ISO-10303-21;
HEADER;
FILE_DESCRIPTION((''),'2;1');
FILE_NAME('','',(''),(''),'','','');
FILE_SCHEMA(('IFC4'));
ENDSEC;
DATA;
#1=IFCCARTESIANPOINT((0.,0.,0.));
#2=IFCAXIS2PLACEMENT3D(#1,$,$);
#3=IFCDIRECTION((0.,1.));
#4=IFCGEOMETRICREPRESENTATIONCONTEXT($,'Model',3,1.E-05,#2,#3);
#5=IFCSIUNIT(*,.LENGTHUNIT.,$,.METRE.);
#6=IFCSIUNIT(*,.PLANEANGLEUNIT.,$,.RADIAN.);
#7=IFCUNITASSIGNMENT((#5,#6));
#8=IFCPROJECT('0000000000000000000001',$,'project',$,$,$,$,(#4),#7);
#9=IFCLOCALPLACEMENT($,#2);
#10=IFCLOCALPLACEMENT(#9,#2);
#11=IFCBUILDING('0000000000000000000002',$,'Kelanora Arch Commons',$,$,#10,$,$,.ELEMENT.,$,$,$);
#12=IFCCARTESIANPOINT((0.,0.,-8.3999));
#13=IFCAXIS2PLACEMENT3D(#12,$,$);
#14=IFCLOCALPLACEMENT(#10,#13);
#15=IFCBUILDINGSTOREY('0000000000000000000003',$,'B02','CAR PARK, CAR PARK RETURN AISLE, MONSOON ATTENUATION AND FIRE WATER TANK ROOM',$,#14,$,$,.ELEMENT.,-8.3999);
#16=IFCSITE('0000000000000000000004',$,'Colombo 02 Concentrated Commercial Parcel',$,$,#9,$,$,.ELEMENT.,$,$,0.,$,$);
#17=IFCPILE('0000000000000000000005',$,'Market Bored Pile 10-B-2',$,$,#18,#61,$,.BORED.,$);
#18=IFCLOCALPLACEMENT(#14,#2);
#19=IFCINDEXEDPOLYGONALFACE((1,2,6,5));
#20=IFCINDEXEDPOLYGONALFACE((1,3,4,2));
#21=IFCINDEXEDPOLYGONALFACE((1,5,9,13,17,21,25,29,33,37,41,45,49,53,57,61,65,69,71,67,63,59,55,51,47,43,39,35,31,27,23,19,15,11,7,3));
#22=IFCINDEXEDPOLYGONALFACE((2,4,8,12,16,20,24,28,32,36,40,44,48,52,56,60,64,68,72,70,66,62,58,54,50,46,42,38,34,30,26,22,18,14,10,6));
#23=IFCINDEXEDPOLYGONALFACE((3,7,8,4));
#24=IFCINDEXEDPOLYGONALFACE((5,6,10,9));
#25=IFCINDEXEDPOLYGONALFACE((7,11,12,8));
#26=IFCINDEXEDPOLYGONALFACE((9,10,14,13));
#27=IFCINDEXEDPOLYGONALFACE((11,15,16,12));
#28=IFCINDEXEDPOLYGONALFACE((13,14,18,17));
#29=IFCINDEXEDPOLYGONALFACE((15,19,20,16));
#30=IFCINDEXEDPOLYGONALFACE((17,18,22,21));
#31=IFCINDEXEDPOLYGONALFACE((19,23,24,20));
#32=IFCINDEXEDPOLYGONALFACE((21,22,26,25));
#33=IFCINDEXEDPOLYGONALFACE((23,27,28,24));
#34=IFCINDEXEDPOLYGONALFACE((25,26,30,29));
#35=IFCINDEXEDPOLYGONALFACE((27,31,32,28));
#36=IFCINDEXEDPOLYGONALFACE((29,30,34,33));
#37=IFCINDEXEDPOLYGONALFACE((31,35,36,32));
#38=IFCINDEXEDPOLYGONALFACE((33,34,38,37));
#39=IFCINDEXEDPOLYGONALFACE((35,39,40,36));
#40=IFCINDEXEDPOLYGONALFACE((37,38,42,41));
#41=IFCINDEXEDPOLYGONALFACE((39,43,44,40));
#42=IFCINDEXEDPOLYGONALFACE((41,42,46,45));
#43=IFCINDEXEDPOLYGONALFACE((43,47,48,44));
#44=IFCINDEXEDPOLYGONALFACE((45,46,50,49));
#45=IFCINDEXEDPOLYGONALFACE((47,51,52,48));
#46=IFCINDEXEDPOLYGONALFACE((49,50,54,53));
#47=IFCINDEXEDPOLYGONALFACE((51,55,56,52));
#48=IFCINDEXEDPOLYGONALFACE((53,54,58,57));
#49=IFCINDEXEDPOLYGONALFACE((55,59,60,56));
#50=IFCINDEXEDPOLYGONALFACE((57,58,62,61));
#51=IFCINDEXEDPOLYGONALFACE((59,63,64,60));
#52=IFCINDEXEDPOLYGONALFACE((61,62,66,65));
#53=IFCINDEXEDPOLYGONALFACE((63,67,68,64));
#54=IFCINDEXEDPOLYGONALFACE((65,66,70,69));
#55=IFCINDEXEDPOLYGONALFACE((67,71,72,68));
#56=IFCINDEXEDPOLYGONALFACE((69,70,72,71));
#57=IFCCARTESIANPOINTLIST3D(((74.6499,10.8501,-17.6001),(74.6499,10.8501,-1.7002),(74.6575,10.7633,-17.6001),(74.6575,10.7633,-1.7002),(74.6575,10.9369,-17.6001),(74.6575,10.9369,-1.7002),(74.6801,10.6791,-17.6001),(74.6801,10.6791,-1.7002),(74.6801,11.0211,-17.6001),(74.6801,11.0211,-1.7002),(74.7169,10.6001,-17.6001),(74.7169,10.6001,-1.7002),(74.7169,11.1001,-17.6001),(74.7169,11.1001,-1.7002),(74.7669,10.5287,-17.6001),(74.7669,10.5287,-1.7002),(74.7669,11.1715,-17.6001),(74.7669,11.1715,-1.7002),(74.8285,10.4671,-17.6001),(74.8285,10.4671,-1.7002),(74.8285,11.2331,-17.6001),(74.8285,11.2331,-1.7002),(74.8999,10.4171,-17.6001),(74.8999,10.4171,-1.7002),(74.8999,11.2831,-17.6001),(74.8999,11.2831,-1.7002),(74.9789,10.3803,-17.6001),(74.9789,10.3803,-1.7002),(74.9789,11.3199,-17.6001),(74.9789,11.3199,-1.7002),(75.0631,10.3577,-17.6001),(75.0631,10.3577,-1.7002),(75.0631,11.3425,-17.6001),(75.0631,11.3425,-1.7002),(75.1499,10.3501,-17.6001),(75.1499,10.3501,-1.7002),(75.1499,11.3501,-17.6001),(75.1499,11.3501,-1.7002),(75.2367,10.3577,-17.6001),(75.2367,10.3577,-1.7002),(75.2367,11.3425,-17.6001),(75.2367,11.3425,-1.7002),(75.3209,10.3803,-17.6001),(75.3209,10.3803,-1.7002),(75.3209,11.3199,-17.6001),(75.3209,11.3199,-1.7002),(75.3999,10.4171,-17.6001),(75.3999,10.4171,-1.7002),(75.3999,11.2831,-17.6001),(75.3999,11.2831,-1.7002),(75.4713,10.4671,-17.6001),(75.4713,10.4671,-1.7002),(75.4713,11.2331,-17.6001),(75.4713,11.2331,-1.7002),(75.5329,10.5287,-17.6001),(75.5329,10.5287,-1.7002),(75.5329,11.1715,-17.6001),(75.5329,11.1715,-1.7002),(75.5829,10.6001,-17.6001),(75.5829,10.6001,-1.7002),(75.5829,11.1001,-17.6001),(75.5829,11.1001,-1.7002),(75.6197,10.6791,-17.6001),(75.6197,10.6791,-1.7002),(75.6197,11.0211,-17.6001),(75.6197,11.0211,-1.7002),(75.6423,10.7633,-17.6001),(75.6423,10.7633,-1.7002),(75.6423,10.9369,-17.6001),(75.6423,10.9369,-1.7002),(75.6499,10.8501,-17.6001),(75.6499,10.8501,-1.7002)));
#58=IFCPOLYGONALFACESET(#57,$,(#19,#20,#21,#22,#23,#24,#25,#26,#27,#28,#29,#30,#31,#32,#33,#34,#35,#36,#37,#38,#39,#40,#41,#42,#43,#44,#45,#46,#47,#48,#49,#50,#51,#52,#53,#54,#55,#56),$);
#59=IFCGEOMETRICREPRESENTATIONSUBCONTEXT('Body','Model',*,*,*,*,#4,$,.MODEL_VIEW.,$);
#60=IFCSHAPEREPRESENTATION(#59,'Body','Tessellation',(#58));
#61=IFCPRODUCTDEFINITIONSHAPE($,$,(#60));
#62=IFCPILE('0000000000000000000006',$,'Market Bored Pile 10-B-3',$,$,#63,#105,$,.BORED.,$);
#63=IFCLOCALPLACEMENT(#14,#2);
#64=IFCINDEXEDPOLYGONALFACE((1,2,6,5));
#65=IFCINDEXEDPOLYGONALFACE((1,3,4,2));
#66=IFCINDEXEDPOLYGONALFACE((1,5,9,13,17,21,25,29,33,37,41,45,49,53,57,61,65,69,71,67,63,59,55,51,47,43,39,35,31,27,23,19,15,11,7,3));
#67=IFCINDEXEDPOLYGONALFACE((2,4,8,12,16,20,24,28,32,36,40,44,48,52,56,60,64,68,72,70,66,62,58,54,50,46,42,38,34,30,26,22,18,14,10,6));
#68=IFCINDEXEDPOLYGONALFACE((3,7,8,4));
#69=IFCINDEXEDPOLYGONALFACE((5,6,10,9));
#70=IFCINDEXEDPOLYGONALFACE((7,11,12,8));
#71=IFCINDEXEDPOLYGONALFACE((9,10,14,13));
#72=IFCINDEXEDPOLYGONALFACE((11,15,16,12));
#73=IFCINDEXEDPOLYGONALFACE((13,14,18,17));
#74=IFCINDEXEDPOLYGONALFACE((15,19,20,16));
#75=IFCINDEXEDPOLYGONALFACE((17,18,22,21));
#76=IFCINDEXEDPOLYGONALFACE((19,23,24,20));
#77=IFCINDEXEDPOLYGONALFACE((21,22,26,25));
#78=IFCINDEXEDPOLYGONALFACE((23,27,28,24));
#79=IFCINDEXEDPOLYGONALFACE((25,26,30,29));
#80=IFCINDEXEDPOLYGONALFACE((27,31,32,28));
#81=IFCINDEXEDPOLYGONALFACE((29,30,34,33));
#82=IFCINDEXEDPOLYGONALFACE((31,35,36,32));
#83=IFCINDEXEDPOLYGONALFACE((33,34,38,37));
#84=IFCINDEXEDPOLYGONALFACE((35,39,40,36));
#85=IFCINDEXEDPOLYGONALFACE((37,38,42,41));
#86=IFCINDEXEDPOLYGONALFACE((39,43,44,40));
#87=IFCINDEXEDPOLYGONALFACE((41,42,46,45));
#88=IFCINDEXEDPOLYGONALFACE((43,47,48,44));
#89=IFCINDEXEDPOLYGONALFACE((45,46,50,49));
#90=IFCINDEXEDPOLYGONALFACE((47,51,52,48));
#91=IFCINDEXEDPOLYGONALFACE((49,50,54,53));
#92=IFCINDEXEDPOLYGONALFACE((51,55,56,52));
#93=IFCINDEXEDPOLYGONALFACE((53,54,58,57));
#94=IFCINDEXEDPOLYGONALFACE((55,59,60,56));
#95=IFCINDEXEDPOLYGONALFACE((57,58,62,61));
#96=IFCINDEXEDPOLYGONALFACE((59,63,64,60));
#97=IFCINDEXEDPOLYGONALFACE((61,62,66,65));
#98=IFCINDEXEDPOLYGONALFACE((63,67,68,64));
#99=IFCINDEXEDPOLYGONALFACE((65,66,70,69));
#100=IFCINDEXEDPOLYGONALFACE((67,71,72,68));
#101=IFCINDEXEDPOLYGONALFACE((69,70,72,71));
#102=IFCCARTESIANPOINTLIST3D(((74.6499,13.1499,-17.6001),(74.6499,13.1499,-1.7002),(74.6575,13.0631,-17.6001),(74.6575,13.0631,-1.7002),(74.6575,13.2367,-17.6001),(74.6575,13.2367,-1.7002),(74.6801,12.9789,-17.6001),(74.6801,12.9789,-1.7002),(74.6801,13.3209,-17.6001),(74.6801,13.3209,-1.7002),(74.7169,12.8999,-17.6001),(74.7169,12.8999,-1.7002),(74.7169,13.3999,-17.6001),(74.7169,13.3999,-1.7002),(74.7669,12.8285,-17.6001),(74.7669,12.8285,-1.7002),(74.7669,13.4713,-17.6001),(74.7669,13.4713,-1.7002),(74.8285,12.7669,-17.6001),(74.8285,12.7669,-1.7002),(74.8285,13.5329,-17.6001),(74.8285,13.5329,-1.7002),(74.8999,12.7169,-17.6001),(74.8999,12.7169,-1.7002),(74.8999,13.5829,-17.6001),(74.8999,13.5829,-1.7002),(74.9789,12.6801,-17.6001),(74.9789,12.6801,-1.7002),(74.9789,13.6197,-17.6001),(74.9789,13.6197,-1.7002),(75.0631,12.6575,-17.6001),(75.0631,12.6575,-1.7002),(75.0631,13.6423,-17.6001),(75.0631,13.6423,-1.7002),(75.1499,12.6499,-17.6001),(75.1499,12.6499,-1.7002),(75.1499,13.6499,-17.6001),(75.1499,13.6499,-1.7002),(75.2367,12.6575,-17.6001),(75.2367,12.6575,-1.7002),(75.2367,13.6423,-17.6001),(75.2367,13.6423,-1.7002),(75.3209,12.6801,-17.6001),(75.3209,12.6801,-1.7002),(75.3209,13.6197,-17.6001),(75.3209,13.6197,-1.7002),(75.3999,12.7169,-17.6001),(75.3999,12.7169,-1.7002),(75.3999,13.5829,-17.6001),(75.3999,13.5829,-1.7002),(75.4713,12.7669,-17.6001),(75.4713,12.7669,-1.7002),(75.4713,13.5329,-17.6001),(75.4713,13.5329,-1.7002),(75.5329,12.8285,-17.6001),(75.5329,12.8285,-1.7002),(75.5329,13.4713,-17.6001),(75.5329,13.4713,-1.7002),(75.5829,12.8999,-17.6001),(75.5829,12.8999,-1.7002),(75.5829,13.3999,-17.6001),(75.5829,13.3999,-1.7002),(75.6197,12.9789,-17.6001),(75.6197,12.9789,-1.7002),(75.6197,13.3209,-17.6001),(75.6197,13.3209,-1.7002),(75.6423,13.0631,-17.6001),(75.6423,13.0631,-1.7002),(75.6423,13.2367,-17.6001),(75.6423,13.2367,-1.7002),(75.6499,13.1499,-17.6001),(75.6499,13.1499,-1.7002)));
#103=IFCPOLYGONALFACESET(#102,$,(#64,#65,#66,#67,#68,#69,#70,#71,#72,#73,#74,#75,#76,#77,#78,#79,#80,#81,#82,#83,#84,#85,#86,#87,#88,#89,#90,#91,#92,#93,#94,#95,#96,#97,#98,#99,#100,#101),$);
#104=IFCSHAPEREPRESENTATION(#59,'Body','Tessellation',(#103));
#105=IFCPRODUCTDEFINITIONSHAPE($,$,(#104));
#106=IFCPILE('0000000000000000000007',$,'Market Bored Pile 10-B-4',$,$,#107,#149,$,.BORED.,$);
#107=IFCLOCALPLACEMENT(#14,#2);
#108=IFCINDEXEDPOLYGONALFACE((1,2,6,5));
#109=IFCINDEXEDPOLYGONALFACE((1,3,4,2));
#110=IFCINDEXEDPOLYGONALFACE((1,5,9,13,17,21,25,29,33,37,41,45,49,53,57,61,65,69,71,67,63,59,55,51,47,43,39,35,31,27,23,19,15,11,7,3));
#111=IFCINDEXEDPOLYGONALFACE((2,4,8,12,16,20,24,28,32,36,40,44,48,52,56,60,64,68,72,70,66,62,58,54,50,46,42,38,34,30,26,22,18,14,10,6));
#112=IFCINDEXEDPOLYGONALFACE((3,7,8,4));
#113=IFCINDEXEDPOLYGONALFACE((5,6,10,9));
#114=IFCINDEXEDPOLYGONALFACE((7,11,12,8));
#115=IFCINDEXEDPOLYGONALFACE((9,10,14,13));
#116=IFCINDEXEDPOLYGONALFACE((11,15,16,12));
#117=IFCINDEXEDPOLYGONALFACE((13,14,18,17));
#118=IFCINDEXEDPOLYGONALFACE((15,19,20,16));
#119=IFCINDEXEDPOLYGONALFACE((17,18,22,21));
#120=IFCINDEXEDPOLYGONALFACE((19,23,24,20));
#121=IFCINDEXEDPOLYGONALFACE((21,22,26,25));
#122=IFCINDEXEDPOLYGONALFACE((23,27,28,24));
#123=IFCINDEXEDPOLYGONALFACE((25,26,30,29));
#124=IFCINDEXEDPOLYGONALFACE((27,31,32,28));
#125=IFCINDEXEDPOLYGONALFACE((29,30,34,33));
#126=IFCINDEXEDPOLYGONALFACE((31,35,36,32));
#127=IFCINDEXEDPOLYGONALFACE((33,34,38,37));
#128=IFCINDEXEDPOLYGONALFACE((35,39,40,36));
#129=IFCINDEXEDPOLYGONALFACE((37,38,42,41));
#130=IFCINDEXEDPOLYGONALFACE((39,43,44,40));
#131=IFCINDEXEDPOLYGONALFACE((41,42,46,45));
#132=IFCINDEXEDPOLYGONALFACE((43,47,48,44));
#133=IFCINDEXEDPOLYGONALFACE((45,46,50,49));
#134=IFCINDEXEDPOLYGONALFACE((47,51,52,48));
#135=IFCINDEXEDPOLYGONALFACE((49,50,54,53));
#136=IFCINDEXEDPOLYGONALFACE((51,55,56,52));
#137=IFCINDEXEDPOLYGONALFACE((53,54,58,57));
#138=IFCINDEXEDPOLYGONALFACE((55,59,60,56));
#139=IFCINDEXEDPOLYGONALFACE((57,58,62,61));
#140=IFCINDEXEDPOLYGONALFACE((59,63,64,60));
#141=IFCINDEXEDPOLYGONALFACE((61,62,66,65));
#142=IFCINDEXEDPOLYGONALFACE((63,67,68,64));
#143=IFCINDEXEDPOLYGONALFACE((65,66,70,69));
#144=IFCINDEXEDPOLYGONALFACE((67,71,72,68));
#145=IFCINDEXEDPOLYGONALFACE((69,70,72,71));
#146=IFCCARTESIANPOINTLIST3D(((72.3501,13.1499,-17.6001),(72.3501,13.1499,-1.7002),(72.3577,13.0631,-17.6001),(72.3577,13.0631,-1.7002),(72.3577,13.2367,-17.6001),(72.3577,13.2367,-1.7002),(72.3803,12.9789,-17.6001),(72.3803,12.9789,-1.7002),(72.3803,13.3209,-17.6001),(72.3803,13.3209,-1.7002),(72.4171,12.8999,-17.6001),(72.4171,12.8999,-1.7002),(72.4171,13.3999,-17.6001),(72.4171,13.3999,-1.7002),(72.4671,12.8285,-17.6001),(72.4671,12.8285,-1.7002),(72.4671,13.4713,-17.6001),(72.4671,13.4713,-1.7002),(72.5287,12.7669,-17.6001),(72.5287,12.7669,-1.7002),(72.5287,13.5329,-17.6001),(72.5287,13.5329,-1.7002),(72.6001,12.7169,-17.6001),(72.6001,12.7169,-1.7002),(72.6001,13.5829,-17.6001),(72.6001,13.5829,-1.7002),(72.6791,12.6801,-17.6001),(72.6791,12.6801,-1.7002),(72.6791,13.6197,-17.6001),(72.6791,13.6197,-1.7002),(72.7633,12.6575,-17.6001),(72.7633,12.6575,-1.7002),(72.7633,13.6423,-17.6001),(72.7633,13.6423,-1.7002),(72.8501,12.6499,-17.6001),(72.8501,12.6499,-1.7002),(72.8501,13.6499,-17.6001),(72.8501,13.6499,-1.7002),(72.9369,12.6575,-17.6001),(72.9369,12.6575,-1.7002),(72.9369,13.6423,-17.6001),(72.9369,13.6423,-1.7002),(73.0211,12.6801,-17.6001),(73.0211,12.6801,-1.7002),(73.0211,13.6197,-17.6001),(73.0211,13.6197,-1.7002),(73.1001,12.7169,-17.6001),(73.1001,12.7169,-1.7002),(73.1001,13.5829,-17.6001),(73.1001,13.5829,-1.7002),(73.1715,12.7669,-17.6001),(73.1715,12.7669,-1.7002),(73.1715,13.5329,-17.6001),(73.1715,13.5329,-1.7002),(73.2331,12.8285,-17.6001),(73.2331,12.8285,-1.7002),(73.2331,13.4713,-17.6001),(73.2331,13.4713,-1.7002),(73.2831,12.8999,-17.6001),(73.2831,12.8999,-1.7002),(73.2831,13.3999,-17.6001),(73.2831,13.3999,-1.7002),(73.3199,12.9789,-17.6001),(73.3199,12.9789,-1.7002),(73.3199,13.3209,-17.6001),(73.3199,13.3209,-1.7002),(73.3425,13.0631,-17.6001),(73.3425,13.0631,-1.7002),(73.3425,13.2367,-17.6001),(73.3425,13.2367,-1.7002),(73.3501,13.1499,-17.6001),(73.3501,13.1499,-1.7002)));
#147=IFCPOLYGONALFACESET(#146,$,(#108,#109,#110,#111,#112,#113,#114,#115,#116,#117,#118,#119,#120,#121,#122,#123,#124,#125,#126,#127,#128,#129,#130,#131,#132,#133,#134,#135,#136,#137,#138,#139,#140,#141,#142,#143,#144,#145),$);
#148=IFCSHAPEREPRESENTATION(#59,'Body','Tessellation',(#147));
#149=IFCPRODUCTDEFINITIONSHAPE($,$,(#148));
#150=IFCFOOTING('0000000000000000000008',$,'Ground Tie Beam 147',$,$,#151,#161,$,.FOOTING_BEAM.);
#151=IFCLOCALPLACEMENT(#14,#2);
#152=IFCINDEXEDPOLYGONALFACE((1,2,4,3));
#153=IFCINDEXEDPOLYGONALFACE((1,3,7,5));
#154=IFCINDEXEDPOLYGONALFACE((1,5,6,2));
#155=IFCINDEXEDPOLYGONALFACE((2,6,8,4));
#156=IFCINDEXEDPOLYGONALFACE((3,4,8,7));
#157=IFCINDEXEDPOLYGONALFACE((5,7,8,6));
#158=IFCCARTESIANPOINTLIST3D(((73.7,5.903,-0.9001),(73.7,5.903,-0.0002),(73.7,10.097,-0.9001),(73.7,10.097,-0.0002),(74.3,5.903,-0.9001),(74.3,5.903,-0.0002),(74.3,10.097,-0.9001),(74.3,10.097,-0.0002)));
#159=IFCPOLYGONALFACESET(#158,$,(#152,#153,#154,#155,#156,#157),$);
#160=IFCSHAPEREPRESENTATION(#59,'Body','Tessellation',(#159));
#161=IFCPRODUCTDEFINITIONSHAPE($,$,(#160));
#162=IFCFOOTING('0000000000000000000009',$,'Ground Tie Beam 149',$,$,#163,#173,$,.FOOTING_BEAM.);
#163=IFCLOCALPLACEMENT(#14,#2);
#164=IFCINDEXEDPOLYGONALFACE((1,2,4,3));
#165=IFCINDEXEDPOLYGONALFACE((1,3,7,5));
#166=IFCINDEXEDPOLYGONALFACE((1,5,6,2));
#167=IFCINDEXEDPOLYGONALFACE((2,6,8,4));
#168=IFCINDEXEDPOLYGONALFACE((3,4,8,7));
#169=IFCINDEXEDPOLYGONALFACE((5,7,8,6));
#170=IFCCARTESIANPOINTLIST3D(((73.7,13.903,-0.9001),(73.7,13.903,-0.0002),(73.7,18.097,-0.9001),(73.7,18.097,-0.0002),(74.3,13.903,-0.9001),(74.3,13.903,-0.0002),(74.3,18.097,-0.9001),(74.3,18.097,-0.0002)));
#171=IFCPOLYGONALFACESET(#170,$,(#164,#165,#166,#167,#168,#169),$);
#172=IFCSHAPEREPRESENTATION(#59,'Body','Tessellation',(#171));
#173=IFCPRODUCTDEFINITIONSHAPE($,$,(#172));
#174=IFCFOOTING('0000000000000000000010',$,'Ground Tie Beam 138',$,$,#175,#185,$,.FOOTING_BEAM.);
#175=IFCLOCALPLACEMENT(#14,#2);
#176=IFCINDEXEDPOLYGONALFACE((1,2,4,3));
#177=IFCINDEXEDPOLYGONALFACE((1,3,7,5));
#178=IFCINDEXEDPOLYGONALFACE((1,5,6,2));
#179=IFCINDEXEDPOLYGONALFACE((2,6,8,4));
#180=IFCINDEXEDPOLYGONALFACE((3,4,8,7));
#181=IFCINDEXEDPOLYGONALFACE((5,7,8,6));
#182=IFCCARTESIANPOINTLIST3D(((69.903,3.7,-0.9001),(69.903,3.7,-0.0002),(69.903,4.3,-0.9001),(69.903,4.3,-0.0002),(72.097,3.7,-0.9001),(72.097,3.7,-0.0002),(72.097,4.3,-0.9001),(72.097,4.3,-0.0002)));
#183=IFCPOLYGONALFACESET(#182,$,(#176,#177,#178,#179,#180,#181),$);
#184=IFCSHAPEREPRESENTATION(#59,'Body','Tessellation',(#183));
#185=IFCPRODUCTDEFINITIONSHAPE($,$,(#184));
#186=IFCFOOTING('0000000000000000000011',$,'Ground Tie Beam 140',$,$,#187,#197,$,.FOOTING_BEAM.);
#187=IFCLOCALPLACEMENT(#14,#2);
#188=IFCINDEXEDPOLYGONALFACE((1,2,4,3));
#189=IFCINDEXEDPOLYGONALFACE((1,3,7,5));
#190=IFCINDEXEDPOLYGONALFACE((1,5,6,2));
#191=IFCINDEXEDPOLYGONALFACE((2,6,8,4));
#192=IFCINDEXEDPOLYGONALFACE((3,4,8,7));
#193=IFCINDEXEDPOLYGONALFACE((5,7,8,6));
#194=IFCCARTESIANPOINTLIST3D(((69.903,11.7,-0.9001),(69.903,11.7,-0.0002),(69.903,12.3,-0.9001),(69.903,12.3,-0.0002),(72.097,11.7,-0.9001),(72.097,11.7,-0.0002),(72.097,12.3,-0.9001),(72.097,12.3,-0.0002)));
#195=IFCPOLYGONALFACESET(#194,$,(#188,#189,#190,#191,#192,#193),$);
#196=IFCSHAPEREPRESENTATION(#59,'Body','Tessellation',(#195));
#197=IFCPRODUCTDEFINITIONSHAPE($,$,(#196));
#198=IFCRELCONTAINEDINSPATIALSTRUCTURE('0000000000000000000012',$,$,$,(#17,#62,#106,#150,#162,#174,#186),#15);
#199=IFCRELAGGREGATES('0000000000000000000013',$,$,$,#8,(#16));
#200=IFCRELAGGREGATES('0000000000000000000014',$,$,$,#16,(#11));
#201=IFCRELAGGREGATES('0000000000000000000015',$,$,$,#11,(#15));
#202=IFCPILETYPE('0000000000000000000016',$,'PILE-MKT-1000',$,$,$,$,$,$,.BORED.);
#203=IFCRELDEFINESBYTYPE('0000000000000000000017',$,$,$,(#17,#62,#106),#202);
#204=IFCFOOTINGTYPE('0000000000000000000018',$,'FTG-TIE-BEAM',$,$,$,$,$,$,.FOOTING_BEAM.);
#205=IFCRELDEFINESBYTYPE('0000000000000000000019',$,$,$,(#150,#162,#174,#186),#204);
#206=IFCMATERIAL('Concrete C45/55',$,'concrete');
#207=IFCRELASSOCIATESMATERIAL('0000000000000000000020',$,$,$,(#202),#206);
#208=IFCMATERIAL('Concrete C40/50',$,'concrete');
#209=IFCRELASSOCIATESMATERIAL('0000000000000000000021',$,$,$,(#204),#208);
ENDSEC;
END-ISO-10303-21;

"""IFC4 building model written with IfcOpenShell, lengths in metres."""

from ifc_helpers import new_model, si_unit, direction, frame, origin, origin_2d, place, context, subcontext, project, spatial, rectangle, circle, extrude, source, transform, mapped, material, material_profile, profile_set, type_object, element, save


model = new_model("IFC4")

# Units and contexts
model_context = context("Model", 3, precision=1e-05, world=origin(), true_north=direction((0.0, 1.0)))
body_context = subcontext(model_context, "Body", "Model", "MODEL_VIEW")
ifc_project = project(units=[si_unit("LENGTHUNIT", "METRE"), si_unit("PLANEANGLEUNIT", "RADIAN")], contexts=[model_context])

# Site, building, storey
site_placement = place(None, origin())
site = spatial("IfcSite", under=ifc_project, at=site_placement, Name="Colombo 02 Concentrated Commercial Parcel", CompositionType="ELEMENT", RefElevation=0.0)
building_placement = place(site_placement, origin())
building = spatial("IfcBuilding", under=site, at=building_placement, Name="Kelanora Arch Commons", CompositionType="ELEMENT")
storey_placement = place(building_placement, frame((0.0, 0.0, -8.3999)))
storey = spatial("IfcBuildingStorey", under=building, at=storey_placement, Name="B02", Description="CAR PARK, CAR PARK RETURN AISLE, MONSOON ATTENUATION AND FIRE WATER TANK ROOM", CompositionType="ELEMENT", Elevation=-8.3999)

# Shared definitions
ifc_material_1 = material(Name="Concrete C40/50", Category="concrete")

# Piles
ifc_material_2 = material(Name="Concrete C45/55", Category="concrete")
ifc_material_profile_1 = material_profile(ifc_material_2, circle(Radius=0.5, at=origin_2d()), Name="PILE1000")
ifc_profile_set_1 = profile_set([ifc_material_profile_1], Name="Concrete C45/55")
pile_type = type_object("IfcPileType", Name="PILE-MKT-1000", PredefinedType="BORED", material=ifc_profile_set_1)
shared_shape_1 = source(origin(), body_context, "Body", "SweptSolid", [
    extrude(circle(Radius=0.5, at=origin_2d()), origin(), (0.0, 0.0, 1.0), 15.8999),
])
for number, where, z_axis, x_axis, name in (
    (1, (75.1499, 10.8501, -1.7002), (0.0, 0.0, -1.0), (1.0, 0.0, 0.0), "Market Bored Pile 10-B-2"),
    (2, (75.1499, 13.1499, -1.7002), (0.0, 0.0, -1.0), (1.0, 0.0, 0.0), "Market Bored Pile 10-B-3"),
    (3, (72.8501, 13.1499, -1.7002), (0.0, 0.0, -1.0), (1.0, 0.0, 0.0), "Market Bored Pile 10-B-4"),
):
    element("IfcPile", number, at=place(storey_placement, frame(where, z_axis=z_axis, x_axis=x_axis)), inside=storey, type_object=pile_type, Name=name, PredefinedType="BORED", context=body_context, shape_type="MappedRepresentation", body=[
        mapped(shared_shape_1, transform((0.0, 0.0, 0.0), scale=1.0)),
    ])

# Footings
footing_type_1 = type_object("IfcFootingType", Name="FTG-TIE-BEAM", PredefinedType="FOOTING_BEAM", material=ifc_material_1)
shared_shape_2 = source(origin(), body_context, "Body", "SweptSolid", [
    extrude(rectangle(XDim=4.1941, YDim=0.6001, at=origin_2d()), origin(), (0.0, 0.0, 1.0), 0.8999),
])
for number, where, z_axis, x_axis, name in (
    (4, (74.0, 8.0, -0.9001), (0.0, 0.0, 1.0), (0.0, 1.0, 0.0), "Ground Tie Beam 147"),
    (5, (74.0, 16.0, -0.9001), (0.0, 0.0, 1.0), (0.0, 1.0, 0.0), "Ground Tie Beam 149"),
):
    element("IfcFooting", number, at=place(storey_placement, frame(where, z_axis=z_axis, x_axis=x_axis)), inside=storey, type_object=footing_type_1, Name=name, PredefinedType="FOOTING_BEAM", context=body_context, shape_type="MappedRepresentation", body=[
        mapped(shared_shape_2, transform((0.0, 0.0, 0.0), scale=1.0)),
    ])
shared_shape_3 = source(origin(), body_context, "Body", "SweptSolid", [
    extrude(rectangle(XDim=2.1941, YDim=0.6001, at=origin_2d()), origin(), (0.0, 0.0, 1.0), 0.8999),
])
for number, where, z_axis, x_axis, name in (
    (6, (71.0, 4.0, -0.9001), (0.0, 0.0, 1.0), (1.0, 0.0, 0.0), "Ground Tie Beam 138"),
    (7, (71.0, 12.0, -0.9001), (0.0, 0.0, 1.0), (1.0, 0.0, 0.0), "Ground Tie Beam 140"),
):
    element("IfcFooting", number, at=place(storey_placement, frame(where, z_axis=z_axis, x_axis=x_axis)), inside=storey, type_object=footing_type_1, Name=name, PredefinedType="FOOTING_BEAM", context=body_context, shape_type="MappedRepresentation", body=[
        mapped(shared_shape_3, transform((0.0, 0.0, 0.0), scale=1.0)),
    ])

save(model, "model.ifc")
